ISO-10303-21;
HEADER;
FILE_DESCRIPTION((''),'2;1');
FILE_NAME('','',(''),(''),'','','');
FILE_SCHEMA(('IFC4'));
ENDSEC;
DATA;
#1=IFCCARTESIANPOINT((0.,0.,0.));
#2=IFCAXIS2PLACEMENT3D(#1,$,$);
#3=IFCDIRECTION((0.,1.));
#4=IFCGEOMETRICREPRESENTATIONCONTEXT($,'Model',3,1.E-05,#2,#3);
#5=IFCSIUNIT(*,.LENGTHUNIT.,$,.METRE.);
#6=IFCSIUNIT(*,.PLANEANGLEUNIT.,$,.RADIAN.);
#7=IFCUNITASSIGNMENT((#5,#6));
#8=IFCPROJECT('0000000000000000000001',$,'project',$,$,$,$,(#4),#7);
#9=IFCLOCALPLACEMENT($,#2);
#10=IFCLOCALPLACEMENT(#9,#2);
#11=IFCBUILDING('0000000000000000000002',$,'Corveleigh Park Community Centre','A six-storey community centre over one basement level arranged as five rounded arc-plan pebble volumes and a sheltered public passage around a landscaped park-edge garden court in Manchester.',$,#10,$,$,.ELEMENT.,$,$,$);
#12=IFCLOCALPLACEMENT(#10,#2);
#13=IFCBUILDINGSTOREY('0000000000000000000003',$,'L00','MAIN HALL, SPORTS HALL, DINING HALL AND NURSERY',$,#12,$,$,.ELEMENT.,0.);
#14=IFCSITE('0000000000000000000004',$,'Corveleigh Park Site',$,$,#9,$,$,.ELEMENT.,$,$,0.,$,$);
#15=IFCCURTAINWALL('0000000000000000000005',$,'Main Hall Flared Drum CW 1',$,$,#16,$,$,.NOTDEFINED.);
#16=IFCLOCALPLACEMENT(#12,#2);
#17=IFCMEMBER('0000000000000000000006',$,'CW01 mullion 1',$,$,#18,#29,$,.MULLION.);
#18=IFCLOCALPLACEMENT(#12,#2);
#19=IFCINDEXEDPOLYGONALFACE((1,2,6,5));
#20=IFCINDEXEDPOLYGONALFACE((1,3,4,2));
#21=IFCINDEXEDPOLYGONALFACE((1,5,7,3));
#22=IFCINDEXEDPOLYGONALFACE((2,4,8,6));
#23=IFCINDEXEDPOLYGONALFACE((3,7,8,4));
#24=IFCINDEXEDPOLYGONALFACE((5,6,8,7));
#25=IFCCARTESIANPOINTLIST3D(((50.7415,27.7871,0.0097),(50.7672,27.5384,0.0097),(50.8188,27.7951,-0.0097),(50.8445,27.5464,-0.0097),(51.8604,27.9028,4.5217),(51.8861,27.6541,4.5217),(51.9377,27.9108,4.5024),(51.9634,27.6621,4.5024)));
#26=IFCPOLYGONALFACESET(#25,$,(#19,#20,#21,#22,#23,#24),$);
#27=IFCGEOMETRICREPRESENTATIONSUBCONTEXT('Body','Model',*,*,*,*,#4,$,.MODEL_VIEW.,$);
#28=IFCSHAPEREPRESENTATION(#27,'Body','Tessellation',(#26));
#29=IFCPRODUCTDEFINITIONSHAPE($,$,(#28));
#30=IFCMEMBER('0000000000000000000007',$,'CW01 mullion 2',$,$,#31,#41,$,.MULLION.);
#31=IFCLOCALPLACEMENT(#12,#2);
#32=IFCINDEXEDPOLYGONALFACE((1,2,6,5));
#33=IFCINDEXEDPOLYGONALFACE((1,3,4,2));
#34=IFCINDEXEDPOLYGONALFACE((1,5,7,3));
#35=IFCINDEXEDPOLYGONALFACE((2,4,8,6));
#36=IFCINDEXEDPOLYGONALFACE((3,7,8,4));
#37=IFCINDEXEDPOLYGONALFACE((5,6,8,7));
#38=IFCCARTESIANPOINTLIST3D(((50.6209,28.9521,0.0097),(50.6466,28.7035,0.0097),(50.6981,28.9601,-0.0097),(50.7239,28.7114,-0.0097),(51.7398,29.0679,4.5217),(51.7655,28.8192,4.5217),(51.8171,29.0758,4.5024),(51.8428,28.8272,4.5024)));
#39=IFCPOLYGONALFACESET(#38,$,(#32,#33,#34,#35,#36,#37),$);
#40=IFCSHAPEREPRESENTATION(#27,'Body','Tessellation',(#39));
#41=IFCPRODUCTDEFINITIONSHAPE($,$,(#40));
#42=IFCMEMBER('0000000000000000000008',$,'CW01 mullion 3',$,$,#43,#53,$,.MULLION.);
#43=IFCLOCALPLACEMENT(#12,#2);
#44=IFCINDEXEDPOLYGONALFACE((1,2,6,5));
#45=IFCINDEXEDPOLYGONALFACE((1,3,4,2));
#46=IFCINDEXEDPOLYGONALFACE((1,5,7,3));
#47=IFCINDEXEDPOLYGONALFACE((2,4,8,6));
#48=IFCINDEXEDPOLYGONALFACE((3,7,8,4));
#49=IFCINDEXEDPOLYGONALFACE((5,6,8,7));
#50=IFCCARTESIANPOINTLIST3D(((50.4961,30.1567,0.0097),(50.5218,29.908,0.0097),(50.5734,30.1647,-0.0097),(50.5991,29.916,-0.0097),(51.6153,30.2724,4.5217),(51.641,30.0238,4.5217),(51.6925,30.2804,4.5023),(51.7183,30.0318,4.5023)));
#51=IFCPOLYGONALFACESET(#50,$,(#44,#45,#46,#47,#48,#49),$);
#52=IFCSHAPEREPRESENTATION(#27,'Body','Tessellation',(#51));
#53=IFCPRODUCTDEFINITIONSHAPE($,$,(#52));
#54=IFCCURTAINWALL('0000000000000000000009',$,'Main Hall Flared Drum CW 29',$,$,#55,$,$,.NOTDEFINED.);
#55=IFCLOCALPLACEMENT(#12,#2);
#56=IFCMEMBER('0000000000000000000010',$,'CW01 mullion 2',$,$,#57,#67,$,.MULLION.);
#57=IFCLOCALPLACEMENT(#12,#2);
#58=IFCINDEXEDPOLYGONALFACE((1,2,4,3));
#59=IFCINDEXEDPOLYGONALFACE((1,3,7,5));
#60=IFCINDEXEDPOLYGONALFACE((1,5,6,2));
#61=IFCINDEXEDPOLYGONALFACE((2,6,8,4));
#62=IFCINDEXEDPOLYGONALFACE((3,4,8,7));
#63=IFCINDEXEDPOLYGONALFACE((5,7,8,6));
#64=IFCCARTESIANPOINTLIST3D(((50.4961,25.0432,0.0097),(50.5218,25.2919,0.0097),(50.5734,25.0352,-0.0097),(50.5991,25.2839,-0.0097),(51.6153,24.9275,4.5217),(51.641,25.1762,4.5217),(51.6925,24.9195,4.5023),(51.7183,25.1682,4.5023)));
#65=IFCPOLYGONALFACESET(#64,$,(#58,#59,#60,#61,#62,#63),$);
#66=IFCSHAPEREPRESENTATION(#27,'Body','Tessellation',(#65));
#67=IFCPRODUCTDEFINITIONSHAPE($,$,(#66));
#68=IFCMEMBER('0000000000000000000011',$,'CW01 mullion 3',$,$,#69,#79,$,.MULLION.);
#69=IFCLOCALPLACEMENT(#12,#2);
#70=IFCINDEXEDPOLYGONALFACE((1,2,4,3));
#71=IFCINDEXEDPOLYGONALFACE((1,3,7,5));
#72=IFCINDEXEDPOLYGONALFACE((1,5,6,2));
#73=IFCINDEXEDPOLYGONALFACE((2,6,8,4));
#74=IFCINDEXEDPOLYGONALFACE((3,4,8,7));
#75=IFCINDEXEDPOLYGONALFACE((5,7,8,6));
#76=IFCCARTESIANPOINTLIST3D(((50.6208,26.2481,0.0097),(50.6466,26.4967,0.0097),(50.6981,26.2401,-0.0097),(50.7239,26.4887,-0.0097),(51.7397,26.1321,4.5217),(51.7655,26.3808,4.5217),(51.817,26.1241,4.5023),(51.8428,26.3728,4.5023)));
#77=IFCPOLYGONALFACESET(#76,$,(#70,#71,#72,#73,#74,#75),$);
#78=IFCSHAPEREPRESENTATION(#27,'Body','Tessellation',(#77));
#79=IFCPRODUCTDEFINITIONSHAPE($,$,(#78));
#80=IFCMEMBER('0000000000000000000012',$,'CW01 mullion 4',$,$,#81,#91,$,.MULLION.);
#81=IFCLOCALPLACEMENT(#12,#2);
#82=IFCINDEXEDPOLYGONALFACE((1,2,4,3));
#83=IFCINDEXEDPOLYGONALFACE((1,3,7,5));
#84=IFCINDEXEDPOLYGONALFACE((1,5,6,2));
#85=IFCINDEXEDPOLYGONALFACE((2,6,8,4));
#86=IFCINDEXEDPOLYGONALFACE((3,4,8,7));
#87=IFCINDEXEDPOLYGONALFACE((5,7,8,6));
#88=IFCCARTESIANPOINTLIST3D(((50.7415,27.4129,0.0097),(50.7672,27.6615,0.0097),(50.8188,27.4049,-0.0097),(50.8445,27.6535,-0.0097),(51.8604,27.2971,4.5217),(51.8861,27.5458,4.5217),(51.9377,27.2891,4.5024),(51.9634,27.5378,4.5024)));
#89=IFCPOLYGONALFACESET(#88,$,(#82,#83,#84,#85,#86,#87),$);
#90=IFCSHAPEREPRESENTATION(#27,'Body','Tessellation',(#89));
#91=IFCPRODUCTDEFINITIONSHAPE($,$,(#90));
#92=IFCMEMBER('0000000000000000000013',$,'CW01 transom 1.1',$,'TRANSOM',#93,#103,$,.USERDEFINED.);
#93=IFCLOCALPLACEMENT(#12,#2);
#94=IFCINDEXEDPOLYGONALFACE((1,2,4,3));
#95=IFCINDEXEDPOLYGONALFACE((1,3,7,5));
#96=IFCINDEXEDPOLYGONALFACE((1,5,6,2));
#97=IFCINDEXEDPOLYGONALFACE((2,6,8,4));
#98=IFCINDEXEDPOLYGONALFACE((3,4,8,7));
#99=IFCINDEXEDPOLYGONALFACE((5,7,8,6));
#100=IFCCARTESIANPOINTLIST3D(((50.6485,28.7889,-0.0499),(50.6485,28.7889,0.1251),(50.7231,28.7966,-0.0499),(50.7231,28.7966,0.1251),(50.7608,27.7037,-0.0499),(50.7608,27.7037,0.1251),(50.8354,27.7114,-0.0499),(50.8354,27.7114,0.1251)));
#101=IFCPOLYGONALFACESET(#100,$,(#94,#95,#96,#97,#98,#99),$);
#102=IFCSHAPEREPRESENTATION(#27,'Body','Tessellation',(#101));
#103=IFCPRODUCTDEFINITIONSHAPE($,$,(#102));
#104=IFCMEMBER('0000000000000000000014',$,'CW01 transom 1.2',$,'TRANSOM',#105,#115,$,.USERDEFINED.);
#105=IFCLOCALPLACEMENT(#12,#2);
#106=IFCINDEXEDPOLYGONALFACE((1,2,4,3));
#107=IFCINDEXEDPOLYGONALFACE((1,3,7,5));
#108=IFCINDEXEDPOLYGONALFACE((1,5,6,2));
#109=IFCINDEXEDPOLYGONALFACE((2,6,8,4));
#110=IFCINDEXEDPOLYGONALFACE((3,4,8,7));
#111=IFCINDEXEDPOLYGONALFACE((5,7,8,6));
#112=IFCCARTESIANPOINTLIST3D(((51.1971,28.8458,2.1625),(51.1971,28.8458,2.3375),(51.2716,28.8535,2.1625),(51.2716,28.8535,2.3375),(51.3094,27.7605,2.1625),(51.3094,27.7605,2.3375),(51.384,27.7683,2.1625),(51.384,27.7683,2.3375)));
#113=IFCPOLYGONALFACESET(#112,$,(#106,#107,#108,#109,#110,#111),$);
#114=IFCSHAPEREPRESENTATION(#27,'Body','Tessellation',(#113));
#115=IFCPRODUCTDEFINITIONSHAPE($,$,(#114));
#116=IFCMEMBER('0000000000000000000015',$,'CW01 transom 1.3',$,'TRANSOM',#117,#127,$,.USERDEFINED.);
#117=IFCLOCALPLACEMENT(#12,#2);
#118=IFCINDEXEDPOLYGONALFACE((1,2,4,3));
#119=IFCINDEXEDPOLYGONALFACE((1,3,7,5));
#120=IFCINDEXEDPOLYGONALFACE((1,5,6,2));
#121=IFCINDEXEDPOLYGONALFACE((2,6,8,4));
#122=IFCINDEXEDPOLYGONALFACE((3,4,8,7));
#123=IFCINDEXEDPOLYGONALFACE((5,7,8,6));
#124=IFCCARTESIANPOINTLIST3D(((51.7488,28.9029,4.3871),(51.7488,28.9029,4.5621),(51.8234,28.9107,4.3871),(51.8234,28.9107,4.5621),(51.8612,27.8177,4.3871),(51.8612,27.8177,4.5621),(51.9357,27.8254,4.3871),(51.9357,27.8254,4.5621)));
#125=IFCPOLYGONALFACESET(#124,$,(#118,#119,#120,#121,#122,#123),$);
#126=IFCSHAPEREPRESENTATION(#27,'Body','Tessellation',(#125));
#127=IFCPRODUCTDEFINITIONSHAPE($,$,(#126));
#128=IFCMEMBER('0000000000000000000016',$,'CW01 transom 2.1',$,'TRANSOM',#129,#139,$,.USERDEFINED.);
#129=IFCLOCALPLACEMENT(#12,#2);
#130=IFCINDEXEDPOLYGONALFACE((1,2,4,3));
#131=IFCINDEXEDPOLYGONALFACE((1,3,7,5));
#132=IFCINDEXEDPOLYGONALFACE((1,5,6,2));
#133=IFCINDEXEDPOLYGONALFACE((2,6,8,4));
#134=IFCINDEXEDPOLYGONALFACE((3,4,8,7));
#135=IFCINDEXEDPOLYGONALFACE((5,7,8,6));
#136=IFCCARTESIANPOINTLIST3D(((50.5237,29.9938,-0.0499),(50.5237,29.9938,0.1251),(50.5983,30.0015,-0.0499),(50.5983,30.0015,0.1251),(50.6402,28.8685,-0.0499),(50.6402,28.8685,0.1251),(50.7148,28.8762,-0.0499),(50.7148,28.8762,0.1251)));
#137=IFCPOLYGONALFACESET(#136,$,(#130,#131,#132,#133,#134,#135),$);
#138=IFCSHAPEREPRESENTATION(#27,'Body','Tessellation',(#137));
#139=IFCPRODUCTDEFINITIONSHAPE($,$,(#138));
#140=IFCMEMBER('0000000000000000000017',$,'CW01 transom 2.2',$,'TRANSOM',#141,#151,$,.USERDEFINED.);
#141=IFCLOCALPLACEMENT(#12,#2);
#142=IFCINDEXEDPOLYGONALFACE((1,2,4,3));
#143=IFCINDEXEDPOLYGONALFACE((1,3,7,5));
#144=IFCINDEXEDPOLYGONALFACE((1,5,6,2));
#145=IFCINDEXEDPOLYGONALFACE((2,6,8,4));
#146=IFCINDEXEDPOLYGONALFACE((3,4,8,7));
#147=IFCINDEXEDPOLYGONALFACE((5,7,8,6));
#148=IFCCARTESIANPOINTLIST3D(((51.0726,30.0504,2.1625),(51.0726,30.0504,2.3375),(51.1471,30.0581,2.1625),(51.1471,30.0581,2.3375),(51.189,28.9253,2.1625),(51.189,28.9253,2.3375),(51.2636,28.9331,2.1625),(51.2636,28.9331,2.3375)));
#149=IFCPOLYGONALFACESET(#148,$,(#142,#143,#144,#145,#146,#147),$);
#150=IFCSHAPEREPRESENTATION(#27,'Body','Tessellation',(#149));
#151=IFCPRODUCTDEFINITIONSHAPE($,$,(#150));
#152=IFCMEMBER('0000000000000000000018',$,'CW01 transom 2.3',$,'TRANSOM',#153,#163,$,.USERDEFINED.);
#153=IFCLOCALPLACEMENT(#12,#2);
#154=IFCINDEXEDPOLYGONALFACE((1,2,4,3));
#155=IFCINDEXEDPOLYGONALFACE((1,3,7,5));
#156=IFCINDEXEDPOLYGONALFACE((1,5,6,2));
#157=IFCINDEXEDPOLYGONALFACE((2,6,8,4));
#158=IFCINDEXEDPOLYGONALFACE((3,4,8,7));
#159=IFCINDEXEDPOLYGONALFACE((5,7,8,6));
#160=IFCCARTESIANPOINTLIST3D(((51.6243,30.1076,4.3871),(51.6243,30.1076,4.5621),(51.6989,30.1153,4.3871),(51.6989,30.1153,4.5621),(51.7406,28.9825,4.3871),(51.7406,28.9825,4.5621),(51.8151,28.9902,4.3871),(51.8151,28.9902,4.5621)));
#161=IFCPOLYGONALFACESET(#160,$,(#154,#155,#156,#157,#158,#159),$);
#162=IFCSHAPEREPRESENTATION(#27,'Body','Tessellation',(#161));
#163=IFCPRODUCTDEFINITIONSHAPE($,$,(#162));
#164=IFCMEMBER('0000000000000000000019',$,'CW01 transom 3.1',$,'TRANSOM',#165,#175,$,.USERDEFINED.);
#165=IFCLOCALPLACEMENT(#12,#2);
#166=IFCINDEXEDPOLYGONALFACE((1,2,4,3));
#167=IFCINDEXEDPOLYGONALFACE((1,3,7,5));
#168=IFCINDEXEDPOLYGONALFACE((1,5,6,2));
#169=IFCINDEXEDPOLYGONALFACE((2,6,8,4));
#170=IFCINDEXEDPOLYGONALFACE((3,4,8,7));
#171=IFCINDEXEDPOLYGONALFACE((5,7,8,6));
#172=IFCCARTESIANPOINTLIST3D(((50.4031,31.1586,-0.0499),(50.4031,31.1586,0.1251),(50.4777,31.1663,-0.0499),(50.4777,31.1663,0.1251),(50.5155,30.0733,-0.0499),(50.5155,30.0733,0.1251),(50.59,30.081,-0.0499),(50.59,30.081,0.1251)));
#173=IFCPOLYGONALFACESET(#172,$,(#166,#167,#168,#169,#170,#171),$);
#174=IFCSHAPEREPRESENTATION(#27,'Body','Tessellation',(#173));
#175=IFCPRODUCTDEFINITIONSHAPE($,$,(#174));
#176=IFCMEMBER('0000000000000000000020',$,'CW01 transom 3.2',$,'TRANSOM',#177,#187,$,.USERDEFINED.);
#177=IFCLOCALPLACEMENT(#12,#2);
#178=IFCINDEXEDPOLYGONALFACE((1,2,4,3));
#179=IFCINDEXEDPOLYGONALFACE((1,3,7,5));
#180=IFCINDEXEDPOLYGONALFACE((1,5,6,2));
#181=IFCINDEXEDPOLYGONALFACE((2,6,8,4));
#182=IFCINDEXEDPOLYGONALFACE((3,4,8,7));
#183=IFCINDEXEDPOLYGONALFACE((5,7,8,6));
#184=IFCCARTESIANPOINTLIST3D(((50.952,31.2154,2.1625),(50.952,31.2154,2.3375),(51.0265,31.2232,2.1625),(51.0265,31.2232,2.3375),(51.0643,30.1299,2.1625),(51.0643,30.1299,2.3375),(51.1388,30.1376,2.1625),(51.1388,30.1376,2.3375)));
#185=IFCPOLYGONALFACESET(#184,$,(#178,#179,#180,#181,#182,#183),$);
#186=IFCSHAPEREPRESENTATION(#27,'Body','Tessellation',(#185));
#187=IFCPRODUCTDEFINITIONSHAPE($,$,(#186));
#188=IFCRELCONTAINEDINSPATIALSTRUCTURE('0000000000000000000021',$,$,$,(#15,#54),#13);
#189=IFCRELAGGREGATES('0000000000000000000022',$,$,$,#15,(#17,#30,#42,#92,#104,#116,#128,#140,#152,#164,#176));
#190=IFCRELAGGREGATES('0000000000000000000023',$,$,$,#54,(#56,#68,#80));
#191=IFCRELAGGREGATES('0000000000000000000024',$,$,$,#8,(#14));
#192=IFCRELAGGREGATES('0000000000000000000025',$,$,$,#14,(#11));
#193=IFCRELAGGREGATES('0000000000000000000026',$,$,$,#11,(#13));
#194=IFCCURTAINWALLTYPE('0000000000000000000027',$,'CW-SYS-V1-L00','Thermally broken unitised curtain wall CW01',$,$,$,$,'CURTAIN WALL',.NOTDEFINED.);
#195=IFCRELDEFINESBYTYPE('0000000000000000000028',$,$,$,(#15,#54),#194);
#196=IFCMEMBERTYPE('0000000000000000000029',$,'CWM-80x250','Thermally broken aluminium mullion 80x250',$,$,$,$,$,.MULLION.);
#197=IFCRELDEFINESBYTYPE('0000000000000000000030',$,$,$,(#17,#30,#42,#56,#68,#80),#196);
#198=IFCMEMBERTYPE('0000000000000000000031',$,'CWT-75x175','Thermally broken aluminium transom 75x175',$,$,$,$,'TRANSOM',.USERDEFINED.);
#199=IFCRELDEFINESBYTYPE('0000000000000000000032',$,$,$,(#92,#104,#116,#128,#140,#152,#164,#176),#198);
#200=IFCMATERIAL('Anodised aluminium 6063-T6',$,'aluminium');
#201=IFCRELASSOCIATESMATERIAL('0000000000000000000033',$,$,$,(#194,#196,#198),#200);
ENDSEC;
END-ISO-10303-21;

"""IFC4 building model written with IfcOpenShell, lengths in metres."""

from ifc_helpers import new_model, si_unit, direction, frame, origin, origin_2d, place, context, subcontext, project, spatial, rectangle, extrude, material, material_profile, profile_set, type_object, element, aggregate, save


model = new_model("IFC4")

# Units and contexts
model_context = context("Model", 3, precision=1e-05, world=origin(), true_north=direction((0.0, 1.0)))
body_context = subcontext(model_context, "Body", "Model", "MODEL_VIEW")
ifc_project = project(units=[si_unit("LENGTHUNIT", "METRE"), si_unit("PLANEANGLEUNIT", "RADIAN")], contexts=[model_context])

# Site, building, storey
site_placement = place(None, origin())
site = spatial("IfcSite", under=ifc_project, at=site_placement, Name="Corveleigh Park Site", CompositionType="ELEMENT", RefElevation=0.0)
building_placement = place(site_placement, origin())
building = spatial("IfcBuilding", under=site, at=building_placement, Name="Corveleigh Park Community Centre", Description="A six-storey community centre over one basement level arranged as five rounded arc-plan pebble volumes and a sheltered public passage around a landscaped park-edge garden court in Manchester.", CompositionType="ELEMENT")
storey_placement = place(building_placement, origin())
storey = spatial("IfcBuildingStorey", under=building, at=storey_placement, Name="L00", Description="MAIN HALL, SPORTS HALL, DINING HALL AND NURSERY", CompositionType="ELEMENT", Elevation=0.0)

# Curtain walls, members
ifc_material_1 = material(Name="Anodised aluminium 6063-T6", Category="aluminium")
curtain_wall_type = type_object("IfcCurtainWallType", Name="CW-SYS-V1-L00", Description="Thermally broken unitised curtain wall CW01", ElementType="CURTAIN WALL", PredefinedType="NOTDEFINED", material=ifc_material_1)
curtain_wall_1_placement = place(storey_placement, origin())
curtain_wall_1 = element("IfcCurtainWall", 1, at=curtain_wall_1_placement, inside=storey, type_object=curtain_wall_type, Name="Main Hall Flared Drum CW 1", PredefinedType="NOTDEFINED")
ifc_material_profile_1 = material_profile(ifc_material_1, rectangle(XDim=0.0801, YDim=0.25, at=origin_2d()), Name="ALU-M80x250", Category="aluminium")
ifc_profile_set_1 = profile_set([ifc_material_profile_1], Name="Anodised aluminium 6063-T6")
member_type_1 = type_object("IfcMemberType", Name="CWM-80x250", Description="Thermally broken aluminium mullion 80x250", PredefinedType="MULLION", material=ifc_profile_set_1)
member_1_placement = place(storey_placement, frame((50.793, 27.6667, 0.0), z_axis=(0.240619, 0.024886, 0.9703), x_axis=(-0.965152, -0.099822, 0.241903)))
member_1 = element("IfcMember", 2, at=member_1_placement, type_object=member_type_1, Name="CW01 mullion 1", PredefinedType="MULLION", context=body_context, shape_type="SweptSolid", body=[
    extrude(rectangle(XDim=0.0801, YDim=0.25, at=origin_2d()), origin(), (0.0, 0.0, 1.0), 4.6501),
])
member_2_placement = place(storey_placement, frame((50.6724, 28.8318, 0.0), z_axis=(0.240619, 0.024886, 0.9703), x_axis=(-0.965152, -0.099822, 0.241903)))
member_2 = element("IfcMember", 3, at=member_2_placement, type_object=member_type_1, Name="CW01 mullion 2", PredefinedType="MULLION", context=body_context, shape_type="SweptSolid", body=[
    extrude(rectangle(XDim=0.0801, YDim=0.25, at=origin_2d()), origin(), (0.0, 0.0, 1.0), 4.6501),
])
member_3_placement = place(storey_placement, frame((50.5476, 30.0364, 0.0), z_axis=(0.240669, 0.024886, 0.970288), x_axis=(-0.965142, -0.099799, 0.241952)))
member_3 = element("IfcMember", 4, at=member_3_placement, type_object=member_type_1, Name="CW01 mullion 3", PredefinedType="MULLION", context=body_context, shape_type="SweptSolid", body=[
    extrude(rectangle(XDim=0.0801, YDim=0.25, at=origin_2d()), origin(), (0.0, 0.0, 1.0), 4.6501),
])
curtain_wall_2_placement = place(storey_placement, origin())
curtain_wall_2 = element("IfcCurtainWall", 5, at=curtain_wall_2_placement, inside=storey, type_object=curtain_wall_type, Name="Main Hall Flared Drum CW 29", PredefinedType="NOTDEFINED")
member_4_placement = place(storey_placement, frame((50.5476, 25.1636, 0.0), z_axis=(0.240669, -0.024886, 0.970288), x_axis=(-0.965142, 0.099799, 0.241952)))
member_4 = element("IfcMember", 6, at=member_4_placement, type_object=member_type_1, Name="CW01 mullion 2", PredefinedType="MULLION", context=body_context, shape_type="SweptSolid", body=[
    extrude(rectangle(XDim=0.0801, YDim=0.25, at=origin_2d()), origin(), (0.0, 0.0, 1.0), 4.6501),
])
member_5_placement = place(storey_placement, frame((50.6724, 26.3684, 0.0), z_axis=(0.240619, -0.024939, 0.970299), x_axis=(-0.965129, 0.10003, 0.241908)))
member_5 = element("IfcMember", 7, at=member_5_placement, type_object=member_type_1, Name="CW01 mullion 3", PredefinedType="MULLION", context=body_context, shape_type="SweptSolid", body=[
    extrude(rectangle(XDim=0.0801, YDim=0.25, at=origin_2d()), origin(), (0.0, 0.0, 1.0), 4.6501),
])
member_6_placement = place(storey_placement, frame((50.793, 27.5332, 0.0), z_axis=(0.240619, -0.024886, 0.9703), x_axis=(-0.965152, 0.099822, 0.241903)))
member_6 = element("IfcMember", 8, at=member_6_placement, type_object=member_type_1, Name="CW01 mullion 4", PredefinedType="MULLION", context=body_context, shape_type="SweptSolid", body=[
    extrude(rectangle(XDim=0.0801, YDim=0.25, at=origin_2d()), origin(), (0.0, 0.0, 1.0), 4.6501),
])

# Members
ifc_material_profile_2 = material_profile(ifc_material_1, rectangle(XDim=0.075, YDim=0.175, at=origin_2d()), Name="ALU-T75x175", Category="aluminium")
ifc_profile_set_2 = profile_set([ifc_material_profile_2], Name="Anodised aluminium 6063-T6")
member_type_2 = type_object("IfcMemberType", Name="CWT-75x175", Description="Thermally broken aluminium transom 75x175", ElementType="TRANSOM", PredefinedType="USERDEFINED", material=ifc_profile_set_2)
member_7_placement = place(storey_placement, frame((50.7981, 27.7075, 0.0376), z_axis=(-0.102937, 0.994688, 0.0), x_axis=(-0.994688, -0.102937, 0.0)))
member_7 = element("IfcMember", 9, at=member_7_placement, type_object=member_type_2, Name="CW01 transom 1.1", ObjectType="TRANSOM", PredefinedType="USERDEFINED", context=body_context, shape_type="SweptSolid", body=[
    extrude(rectangle(XDim=0.075, YDim=0.175, at=origin_2d()), origin(), (0.0, 0.0, 1.0), 1.0911),
])
member_8_placement = place(storey_placement, frame((51.3467, 27.7644, 2.25), z_axis=(-0.102937, 0.994688, 0.0), x_axis=(-0.994688, -0.102937, 0.0)))
member_8 = element("IfcMember", 10, at=member_8_placement, type_object=member_type_2, Name="CW01 transom 1.2", ObjectType="TRANSOM", PredefinedType="USERDEFINED", context=body_context, shape_type="SweptSolid", body=[
    extrude(rectangle(XDim=0.075, YDim=0.175, at=origin_2d()), origin(), (0.0, 0.0, 1.0), 1.0911),
])
member_9_placement = place(storey_placement, frame((51.8984, 27.8215, 4.4746), z_axis=(-0.102937, 0.994688, 0.0), x_axis=(-0.994688, -0.102937, 0.0)))
member_9 = element("IfcMember", 11, at=member_9_placement, type_object=member_type_2, Name="CW01 transom 1.3", ObjectType="TRANSOM", PredefinedType="USERDEFINED", context=body_context, shape_type="SweptSolid", body=[
    extrude(rectangle(XDim=0.075, YDim=0.175, at=origin_2d()), origin(), (0.0, 0.0, 1.0), 1.0911),
])
member_10_placement = place(storey_placement, frame((50.6775, 28.8723, 0.0376), z_axis=(-0.102943, 0.994687, 0.0), x_axis=(-0.994687, -0.102943, 0.0)))
member_10 = element("IfcMember", 12, at=member_10_placement, type_object=member_type_2, Name="CW01 transom 2.1", ObjectType="TRANSOM", PredefinedType="USERDEFINED", context=body_context, shape_type="SweptSolid", body=[
    extrude(rectangle(XDim=0.075, YDim=0.175, at=origin_2d()), origin(), (0.0, 0.0, 1.0), 1.1313),
])
member_11_placement = place(storey_placement, frame((51.2263, 28.9292, 2.25), z_axis=(-0.102965, 0.994685, 0.0), x_axis=(-0.994685, -0.102965, 0.0)))
member_11 = element("IfcMember", 13, at=member_11_placement, type_object=member_type_2, Name="CW01 transom 2.2", ObjectType="TRANSOM", PredefinedType="USERDEFINED", context=body_context, shape_type="SweptSolid", body=[
    extrude(rectangle(XDim=0.075, YDim=0.175, at=origin_2d()), origin(), (0.0, 0.0, 1.0), 1.1311),
])
member_12_placement = place(storey_placement, frame((51.7778, 28.9863, 4.4746), z_axis=(-0.102752, 0.994707, 0.0), x_axis=(-0.994707, -0.102752, 0.0)))
member_12 = element("IfcMember", 14, at=member_12_placement, type_object=member_type_2, Name="CW01 transom 2.3", ObjectType="TRANSOM", PredefinedType="USERDEFINED", context=body_context, shape_type="SweptSolid", body=[
    extrude(rectangle(XDim=0.075, YDim=0.175, at=origin_2d()), origin(), (0.0, 0.0, 1.0), 1.1311),
])
member_13_placement = place(storey_placement, frame((50.5527, 30.0771, 0.0376), z_axis=(-0.102937, 0.994688, 0.0), x_axis=(-0.994688, -0.102937, 0.0)))
member_13 = element("IfcMember", 15, at=member_13_placement, type_object=member_type_2, Name="CW01 transom 3.1", ObjectType="TRANSOM", PredefinedType="USERDEFINED", context=body_context, shape_type="SweptSolid", body=[
    extrude(rectangle(XDim=0.075, YDim=0.175, at=origin_2d()), origin(), (0.0, 0.0, 1.0), 1.0911),
])
member_14_placement = place(storey_placement, frame((51.1016, 30.1338, 2.25), z_axis=(-0.102914, 0.99469, 0.0), x_axis=(-0.99469, -0.102914, 0.0)))
member_14 = element("IfcMember", 16, at=member_14_placement, type_object=member_type_2, Name="CW01 transom 3.2", ObjectType="TRANSOM", PredefinedType="USERDEFINED", context=body_context, shape_type="SweptSolid", body=[
    extrude(rectangle(XDim=0.075, YDim=0.175, at=origin_2d()), origin(), (0.0, 0.0, 1.0), 1.0913),
])

aggregate(curtain_wall_1, [member_1, member_2, member_3, member_7, member_8, member_9, member_10, member_11, member_12, member_13, member_14])
aggregate(curtain_wall_2, [member_4, member_5, member_6])

save(model, "model.ifc")
